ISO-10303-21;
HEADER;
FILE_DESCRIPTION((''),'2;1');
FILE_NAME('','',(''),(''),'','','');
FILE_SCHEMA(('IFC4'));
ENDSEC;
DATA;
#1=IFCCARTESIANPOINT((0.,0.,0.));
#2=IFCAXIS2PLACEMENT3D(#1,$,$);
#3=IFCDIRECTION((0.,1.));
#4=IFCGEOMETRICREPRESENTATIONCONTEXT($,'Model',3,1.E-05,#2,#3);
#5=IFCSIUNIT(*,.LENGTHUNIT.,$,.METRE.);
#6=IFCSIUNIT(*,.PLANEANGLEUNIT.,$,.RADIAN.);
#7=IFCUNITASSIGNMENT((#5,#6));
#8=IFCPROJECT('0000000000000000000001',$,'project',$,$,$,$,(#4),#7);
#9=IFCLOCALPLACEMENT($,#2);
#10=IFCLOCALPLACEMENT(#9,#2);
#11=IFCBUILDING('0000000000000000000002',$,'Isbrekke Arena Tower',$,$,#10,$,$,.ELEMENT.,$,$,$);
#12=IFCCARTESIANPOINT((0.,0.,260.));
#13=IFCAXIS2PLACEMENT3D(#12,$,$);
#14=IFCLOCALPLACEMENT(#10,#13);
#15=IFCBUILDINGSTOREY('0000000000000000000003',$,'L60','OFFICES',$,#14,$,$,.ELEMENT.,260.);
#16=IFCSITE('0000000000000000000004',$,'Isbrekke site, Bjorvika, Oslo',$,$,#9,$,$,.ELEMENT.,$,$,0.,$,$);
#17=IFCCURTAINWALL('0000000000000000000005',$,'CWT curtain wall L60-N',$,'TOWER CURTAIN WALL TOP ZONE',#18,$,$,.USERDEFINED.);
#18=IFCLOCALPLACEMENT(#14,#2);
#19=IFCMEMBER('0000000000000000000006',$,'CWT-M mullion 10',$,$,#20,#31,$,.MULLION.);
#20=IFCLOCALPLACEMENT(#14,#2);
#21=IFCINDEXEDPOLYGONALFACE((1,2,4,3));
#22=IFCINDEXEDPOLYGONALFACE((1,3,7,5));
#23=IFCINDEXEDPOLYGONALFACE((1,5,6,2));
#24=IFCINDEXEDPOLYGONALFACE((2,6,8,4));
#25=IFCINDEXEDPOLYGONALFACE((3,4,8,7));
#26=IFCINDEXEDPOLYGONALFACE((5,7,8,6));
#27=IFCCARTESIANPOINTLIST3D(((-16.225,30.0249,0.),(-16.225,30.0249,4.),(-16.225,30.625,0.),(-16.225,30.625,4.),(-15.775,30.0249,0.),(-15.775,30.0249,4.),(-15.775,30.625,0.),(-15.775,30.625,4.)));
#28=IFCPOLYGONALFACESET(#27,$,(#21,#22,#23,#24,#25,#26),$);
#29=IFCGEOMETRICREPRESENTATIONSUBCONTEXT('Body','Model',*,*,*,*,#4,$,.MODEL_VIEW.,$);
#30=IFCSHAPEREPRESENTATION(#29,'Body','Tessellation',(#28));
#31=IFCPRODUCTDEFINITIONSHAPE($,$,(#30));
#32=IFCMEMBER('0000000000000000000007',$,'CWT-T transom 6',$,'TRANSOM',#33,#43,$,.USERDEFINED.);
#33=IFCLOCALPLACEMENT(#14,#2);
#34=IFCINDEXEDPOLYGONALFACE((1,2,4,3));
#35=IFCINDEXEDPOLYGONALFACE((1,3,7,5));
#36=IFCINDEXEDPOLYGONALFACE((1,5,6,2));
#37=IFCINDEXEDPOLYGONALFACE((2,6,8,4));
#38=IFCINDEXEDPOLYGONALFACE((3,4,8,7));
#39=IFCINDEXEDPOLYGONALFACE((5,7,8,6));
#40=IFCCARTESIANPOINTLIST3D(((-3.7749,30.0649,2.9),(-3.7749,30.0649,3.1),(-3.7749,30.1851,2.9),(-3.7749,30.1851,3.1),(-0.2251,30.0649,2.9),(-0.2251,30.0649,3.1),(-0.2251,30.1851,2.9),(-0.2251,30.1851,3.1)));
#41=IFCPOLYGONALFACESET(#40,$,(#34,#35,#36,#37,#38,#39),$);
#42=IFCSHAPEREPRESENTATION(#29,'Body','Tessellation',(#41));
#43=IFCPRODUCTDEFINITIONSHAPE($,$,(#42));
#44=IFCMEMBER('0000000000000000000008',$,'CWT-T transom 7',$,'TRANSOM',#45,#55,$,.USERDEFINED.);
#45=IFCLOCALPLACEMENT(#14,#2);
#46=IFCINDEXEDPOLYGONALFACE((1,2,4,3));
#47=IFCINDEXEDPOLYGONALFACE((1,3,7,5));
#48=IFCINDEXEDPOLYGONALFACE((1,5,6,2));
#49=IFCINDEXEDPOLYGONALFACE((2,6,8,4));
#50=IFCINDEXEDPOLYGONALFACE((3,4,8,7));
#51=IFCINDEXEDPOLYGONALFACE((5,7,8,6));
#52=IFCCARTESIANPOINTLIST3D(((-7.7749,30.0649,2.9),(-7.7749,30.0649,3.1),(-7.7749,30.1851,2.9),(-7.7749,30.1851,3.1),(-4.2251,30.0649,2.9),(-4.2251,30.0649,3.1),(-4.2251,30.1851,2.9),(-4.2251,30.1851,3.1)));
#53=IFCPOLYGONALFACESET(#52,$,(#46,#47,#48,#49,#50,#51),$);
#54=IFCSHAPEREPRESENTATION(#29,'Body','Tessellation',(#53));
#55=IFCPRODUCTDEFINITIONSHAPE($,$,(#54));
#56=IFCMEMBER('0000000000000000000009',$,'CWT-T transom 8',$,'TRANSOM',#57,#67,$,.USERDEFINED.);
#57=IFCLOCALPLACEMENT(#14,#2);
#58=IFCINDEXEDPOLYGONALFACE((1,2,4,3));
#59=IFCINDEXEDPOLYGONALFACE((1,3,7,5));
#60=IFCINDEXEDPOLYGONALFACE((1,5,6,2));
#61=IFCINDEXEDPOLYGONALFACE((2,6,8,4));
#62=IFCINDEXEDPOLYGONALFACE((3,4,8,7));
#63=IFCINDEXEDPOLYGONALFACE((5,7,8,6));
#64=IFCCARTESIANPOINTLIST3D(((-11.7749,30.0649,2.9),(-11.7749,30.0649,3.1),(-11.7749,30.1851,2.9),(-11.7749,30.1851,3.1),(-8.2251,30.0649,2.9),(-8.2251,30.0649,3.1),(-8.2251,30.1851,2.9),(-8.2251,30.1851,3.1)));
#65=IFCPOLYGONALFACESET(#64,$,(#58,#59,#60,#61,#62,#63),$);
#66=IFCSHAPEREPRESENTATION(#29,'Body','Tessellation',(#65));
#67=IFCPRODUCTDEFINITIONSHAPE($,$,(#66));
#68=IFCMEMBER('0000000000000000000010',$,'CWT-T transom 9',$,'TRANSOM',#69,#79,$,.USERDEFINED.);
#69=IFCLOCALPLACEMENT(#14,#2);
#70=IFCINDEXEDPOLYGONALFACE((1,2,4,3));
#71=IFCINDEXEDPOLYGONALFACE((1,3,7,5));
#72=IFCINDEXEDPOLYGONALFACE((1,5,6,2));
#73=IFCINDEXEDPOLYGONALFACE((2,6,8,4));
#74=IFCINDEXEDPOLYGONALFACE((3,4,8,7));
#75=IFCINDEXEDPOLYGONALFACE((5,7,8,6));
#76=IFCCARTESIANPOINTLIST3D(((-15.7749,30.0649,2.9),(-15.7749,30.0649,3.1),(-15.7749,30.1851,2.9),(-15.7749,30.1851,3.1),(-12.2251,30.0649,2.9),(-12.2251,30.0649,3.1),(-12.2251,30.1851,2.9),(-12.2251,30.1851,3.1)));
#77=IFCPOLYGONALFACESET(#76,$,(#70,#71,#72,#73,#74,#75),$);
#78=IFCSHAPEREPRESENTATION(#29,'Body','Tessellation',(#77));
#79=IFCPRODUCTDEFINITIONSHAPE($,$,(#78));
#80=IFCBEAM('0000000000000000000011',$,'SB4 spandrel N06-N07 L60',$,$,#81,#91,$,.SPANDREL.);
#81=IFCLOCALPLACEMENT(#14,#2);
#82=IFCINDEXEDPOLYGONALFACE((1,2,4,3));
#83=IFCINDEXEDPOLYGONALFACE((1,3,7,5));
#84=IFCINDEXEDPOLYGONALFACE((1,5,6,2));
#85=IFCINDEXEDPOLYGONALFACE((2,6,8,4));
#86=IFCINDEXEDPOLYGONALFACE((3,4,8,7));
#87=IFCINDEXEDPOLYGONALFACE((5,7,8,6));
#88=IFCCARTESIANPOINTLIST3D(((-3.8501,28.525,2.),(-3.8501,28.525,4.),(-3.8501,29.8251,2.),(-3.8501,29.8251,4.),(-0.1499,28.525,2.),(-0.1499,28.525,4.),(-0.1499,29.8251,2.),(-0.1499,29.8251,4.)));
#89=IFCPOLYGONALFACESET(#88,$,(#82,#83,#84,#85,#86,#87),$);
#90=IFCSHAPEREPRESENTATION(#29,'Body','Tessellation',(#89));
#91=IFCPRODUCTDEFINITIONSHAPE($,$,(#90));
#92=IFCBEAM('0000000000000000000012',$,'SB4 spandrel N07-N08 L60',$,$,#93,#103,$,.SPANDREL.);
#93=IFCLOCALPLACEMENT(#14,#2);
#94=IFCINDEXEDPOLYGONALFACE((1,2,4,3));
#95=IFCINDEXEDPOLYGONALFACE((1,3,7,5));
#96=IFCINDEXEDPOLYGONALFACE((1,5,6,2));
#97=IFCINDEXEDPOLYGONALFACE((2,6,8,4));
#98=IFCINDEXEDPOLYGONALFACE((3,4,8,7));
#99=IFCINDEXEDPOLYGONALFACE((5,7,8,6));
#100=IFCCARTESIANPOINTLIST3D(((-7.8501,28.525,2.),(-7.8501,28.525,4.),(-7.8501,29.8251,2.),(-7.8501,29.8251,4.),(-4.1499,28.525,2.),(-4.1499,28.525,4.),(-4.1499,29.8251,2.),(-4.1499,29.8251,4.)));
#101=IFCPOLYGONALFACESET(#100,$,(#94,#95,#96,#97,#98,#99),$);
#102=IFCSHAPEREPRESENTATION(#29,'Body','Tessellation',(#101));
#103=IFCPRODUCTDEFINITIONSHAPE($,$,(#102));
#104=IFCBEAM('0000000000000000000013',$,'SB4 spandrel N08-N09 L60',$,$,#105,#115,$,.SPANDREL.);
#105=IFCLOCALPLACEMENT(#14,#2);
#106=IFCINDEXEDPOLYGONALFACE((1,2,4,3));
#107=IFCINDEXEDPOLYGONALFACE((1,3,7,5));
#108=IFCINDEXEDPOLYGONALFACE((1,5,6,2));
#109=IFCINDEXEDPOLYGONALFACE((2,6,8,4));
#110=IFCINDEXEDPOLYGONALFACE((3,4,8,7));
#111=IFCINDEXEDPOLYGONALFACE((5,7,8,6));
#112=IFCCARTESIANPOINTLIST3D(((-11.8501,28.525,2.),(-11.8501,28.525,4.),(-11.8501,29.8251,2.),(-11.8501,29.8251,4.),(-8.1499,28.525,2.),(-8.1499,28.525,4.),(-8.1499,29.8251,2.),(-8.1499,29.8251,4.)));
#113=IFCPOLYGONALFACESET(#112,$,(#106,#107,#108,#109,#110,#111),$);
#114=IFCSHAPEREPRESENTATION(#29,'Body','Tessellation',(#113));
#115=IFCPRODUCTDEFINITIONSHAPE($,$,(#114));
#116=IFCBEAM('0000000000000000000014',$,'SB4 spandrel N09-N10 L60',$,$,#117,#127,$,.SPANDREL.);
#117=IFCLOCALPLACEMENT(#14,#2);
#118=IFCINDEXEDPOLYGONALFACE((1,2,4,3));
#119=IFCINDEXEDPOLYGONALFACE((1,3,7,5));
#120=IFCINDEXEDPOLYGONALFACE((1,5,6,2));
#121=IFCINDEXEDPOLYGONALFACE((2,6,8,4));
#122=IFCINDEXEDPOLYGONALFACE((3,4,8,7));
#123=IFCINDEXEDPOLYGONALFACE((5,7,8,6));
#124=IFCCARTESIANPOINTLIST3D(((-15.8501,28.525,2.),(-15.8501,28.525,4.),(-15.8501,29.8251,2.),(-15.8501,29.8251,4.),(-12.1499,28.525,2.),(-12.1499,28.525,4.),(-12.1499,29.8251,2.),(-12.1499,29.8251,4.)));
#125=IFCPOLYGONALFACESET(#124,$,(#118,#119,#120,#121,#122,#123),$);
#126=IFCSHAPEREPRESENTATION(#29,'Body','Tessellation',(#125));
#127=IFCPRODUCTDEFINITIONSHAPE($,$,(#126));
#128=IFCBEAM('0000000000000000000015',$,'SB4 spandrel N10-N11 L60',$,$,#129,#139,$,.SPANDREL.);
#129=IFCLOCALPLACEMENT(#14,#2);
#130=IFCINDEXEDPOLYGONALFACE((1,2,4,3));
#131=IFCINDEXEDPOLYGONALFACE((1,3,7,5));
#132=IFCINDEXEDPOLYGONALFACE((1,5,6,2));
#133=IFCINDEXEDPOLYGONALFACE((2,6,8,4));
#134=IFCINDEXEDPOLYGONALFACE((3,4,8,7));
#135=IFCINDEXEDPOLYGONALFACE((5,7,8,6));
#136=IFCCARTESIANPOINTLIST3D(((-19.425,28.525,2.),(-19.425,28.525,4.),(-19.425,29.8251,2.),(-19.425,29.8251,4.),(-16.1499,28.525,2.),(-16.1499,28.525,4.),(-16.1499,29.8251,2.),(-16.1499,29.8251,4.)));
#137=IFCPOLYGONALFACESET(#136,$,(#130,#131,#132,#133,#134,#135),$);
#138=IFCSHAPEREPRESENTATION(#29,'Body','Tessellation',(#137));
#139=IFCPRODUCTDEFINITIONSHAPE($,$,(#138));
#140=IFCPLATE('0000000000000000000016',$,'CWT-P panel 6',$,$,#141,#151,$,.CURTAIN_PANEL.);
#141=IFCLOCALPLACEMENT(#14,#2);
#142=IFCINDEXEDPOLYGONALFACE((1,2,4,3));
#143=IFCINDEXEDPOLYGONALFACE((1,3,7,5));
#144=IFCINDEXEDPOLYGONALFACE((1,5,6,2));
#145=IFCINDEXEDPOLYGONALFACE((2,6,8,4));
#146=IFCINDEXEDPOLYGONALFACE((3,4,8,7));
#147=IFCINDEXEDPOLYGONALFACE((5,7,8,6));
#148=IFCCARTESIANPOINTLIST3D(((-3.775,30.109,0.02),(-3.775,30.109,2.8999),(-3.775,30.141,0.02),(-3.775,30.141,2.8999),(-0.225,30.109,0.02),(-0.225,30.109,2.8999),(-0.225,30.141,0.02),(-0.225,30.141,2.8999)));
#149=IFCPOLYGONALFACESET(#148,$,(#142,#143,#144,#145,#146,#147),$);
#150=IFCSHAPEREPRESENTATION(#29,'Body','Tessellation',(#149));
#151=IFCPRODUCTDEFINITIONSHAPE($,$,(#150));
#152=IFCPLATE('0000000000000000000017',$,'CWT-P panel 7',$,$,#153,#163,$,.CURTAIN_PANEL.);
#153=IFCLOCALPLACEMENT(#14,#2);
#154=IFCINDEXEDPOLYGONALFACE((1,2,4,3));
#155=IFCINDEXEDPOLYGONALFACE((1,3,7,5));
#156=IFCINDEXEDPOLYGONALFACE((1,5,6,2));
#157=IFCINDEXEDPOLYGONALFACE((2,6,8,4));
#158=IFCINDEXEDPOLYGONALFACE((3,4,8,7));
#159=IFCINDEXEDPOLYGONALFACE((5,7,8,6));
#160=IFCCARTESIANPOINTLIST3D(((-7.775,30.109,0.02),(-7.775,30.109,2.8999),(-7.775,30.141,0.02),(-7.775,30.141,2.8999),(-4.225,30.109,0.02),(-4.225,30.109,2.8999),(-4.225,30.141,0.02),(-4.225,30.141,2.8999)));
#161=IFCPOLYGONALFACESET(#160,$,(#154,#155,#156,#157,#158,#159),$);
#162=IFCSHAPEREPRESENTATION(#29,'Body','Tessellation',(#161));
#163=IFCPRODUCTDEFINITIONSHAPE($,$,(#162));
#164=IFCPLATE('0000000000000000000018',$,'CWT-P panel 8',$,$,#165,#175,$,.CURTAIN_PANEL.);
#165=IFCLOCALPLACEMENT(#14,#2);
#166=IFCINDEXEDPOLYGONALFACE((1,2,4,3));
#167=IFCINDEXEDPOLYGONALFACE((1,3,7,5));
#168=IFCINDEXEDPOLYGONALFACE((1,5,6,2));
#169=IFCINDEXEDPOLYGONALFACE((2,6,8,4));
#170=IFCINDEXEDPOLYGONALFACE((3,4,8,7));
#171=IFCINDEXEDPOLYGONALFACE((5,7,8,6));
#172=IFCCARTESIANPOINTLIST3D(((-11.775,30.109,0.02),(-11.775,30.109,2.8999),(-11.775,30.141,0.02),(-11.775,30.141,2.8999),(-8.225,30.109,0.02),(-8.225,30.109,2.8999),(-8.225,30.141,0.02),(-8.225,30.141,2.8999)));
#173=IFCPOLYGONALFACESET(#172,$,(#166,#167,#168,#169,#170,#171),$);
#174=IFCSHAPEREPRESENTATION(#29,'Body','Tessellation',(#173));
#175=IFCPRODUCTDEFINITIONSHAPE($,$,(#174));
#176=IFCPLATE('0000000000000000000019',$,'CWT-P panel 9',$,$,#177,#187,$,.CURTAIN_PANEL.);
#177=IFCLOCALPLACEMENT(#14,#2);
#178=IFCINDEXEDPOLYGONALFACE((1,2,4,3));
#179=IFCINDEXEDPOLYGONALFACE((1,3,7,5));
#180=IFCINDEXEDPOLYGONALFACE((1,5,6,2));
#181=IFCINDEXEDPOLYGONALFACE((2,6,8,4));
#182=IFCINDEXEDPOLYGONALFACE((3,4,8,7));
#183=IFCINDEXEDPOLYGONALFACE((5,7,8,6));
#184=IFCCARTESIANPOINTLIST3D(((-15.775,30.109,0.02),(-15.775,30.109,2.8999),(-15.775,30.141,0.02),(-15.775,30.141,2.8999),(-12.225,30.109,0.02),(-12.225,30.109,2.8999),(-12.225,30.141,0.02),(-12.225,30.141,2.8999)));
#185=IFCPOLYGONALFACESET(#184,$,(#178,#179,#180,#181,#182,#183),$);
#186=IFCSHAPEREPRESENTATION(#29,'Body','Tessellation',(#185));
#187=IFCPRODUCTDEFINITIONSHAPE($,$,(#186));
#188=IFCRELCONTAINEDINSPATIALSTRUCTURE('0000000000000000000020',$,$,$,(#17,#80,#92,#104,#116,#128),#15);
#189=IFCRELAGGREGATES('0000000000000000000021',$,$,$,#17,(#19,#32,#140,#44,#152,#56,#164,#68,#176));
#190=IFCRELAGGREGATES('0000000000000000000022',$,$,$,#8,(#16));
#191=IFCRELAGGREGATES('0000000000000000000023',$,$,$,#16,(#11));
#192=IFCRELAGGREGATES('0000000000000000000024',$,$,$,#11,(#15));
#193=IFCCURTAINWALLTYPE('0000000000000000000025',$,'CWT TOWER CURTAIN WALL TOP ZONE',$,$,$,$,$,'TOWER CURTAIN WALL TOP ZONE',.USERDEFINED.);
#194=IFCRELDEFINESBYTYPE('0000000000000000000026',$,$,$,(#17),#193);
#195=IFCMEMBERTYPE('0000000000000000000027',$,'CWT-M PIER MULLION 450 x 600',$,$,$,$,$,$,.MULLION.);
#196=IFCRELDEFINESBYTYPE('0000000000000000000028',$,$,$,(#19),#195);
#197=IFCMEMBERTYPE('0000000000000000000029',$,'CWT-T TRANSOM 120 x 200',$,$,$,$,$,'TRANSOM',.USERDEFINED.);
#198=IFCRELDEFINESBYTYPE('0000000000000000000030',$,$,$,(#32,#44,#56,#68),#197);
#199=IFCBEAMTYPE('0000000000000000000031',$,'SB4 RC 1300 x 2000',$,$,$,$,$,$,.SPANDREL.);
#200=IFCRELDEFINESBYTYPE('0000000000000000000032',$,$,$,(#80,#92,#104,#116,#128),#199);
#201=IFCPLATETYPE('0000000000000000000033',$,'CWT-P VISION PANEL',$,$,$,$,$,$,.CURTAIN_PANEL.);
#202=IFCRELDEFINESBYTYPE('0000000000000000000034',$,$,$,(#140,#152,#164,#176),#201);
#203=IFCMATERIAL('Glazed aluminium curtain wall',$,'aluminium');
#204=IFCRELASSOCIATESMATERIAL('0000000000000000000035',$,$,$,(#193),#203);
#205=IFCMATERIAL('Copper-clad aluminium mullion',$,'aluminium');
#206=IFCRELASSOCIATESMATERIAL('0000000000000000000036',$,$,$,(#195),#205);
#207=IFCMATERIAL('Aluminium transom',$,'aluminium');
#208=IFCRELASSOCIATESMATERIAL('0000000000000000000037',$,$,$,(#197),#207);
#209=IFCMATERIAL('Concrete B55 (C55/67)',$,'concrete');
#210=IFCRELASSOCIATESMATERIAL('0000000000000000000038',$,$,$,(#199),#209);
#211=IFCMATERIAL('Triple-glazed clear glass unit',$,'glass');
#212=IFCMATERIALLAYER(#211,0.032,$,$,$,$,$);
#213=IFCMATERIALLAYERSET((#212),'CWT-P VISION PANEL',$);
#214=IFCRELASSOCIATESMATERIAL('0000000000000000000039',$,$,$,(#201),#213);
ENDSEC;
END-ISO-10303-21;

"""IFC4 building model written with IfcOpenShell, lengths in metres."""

from ifc_helpers import new_model, si_unit, direction, frame, origin, origin_2d, place, context, subcontext, project, spatial, rectangle, extrude, material, layer, layer_set, material_profile, profile_set, type_object, element, aggregate, save


model = new_model("IFC4")

# Units and contexts
model_context = context("Model", 3, precision=1e-05, world=origin(), true_north=direction((0.0, 1.0)))
body_context = subcontext(model_context, "Body", "Model", "MODEL_VIEW")
ifc_project = project(units=[si_unit("LENGTHUNIT", "METRE"), si_unit("PLANEANGLEUNIT", "RADIAN")], contexts=[model_context])

# Site, building, storey
site_placement = place(None, origin())
site = spatial("IfcSite", under=ifc_project, at=site_placement, Name="Isbrekke site, Bjorvika, Oslo", CompositionType="ELEMENT", RefElevation=0.0)
building_placement = place(site_placement, origin())
building = spatial("IfcBuilding", under=site, at=building_placement, Name="Isbrekke Arena Tower", CompositionType="ELEMENT")
storey_placement = place(building_placement, frame((0.0, 0.0, 260.0)))
storey = spatial("IfcBuildingStorey", under=building, at=storey_placement, Name="L60", Description="OFFICES", CompositionType="ELEMENT", Elevation=260.0)

# Curtain wall, members
ifc_material_1 = material(Name="Glazed aluminium curtain wall", Category="aluminium")
curtain_wall_type = type_object("IfcCurtainWallType", Name="CWT TOWER CURTAIN WALL TOP ZONE", ElementType="TOWER CURTAIN WALL TOP ZONE", PredefinedType="USERDEFINED", material=ifc_material_1)
curtain_wall_placement = place(storey_placement, origin())
curtain_wall = element("IfcCurtainWall", 1, at=curtain_wall_placement, inside=storey, type_object=curtain_wall_type, Name="CWT curtain wall L60-N", ObjectType="TOWER CURTAIN WALL TOP ZONE", PredefinedType="USERDEFINED")
ifc_material_2 = material(Name="Copper-clad aluminium mullion", Category="aluminium")
ifc_material_profile_1 = material_profile(ifc_material_2, rectangle(XDim=0.45, YDim=0.6001, at=origin_2d()), Name="PIER 450X600")
ifc_profile_set_1 = profile_set([ifc_material_profile_1], Name="Copper-clad aluminium mullion")
member_type_1 = type_object("IfcMemberType", Name="CWT-M PIER MULLION 450 x 600", PredefinedType="MULLION", material=ifc_profile_set_1)
member_1_placement = place(storey_placement, frame((-16.0, 30.325, 0.0), z_axis=(0.0, 0.0, 1.0), x_axis=(-1.0, 0.0, 0.0)))
member_1 = element("IfcMember", 2, at=member_1_placement, type_object=member_type_1, Name="CWT-M mullion 10", PredefinedType="MULLION", context=body_context, shape_type="SweptSolid", body=[
    extrude(rectangle(XDim=0.45, YDim=0.6001, at=origin_2d()), origin(), (0.0, 0.0, 1.0), 4.0),
])
ifc_material_3 = material(Name="Aluminium transom", Category="aluminium")
ifc_material_profile_2 = material_profile(ifc_material_3, rectangle(XDim=0.1201, YDim=0.2, at=origin_2d()), Name="TRANSOM 120X200")
ifc_profile_set_2 = profile_set([ifc_material_profile_2], Name="Aluminium transom")
member_type_2 = type_object("IfcMemberType", Name="CWT-T TRANSOM 120 x 200", ElementType="TRANSOM", PredefinedType="USERDEFINED", material=ifc_profile_set_2)
member_2_placement = place(storey_placement, frame((-0.2251, 30.125, 3.0), z_axis=(-1.0, 0.0, 0.0), x_axis=(0.0, -1.0, 0.0)))
member_2 = element("IfcMember", 3, at=member_2_placement, type_object=member_type_2, Name="CWT-T transom 6", ObjectType="TRANSOM", PredefinedType="USERDEFINED", context=body_context, shape_type="SweptSolid", body=[
    extrude(rectangle(XDim=0.1201, YDim=0.2, at=origin_2d()), origin(), (0.0, 0.0, 1.0), 3.5498),
])
member_3_placement = place(storey_placement, frame((-4.2251, 30.125, 3.0), z_axis=(-1.0, 0.0, 0.0), x_axis=(0.0, -1.0, 0.0)))
member_3 = element("IfcMember", 4, at=member_3_placement, type_object=member_type_2, Name="CWT-T transom 7", ObjectType="TRANSOM", PredefinedType="USERDEFINED", context=body_context, shape_type="SweptSolid", body=[
    extrude(rectangle(XDim=0.1201, YDim=0.2, at=origin_2d()), origin(), (0.0, 0.0, 1.0), 3.5498),
])
member_4_placement = place(storey_placement, frame((-8.2251, 30.125, 3.0), z_axis=(-1.0, 0.0, 0.0), x_axis=(0.0, -1.0, 0.0)))
member_4 = element("IfcMember", 5, at=member_4_placement, type_object=member_type_2, Name="CWT-T transom 8", ObjectType="TRANSOM", PredefinedType="USERDEFINED", context=body_context, shape_type="SweptSolid", body=[
    extrude(rectangle(XDim=0.1201, YDim=0.2, at=origin_2d()), origin(), (0.0, 0.0, 1.0), 3.5498),
])
member_5_placement = place(storey_placement, frame((-12.2251, 30.125, 3.0), z_axis=(-1.0, 0.0, 0.0), x_axis=(0.0, -1.0, 0.0)))
member_5 = element("IfcMember", 6, at=member_5_placement, type_object=member_type_2, Name="CWT-T transom 9", ObjectType="TRANSOM", PredefinedType="USERDEFINED", context=body_context, shape_type="SweptSolid", body=[
    extrude(rectangle(XDim=0.1201, YDim=0.2, at=origin_2d()), origin(), (0.0, 0.0, 1.0), 3.5498),
])

# Beams
ifc_material_4 = material(Name="Concrete B55 (C55/67)", Category="concrete")
ifc_material_profile_3 = material_profile(ifc_material_4, rectangle(XDim=1.3, YDim=2.0, at=origin_2d()), Name="RC 1300x2000")
ifc_profile_set_3 = profile_set([ifc_material_profile_3], Name="Concrete B55 (C55/67)")
beam_type_1 = type_object("IfcBeamType", Name="SB4 RC 1300 x 2000", PredefinedType="SPANDREL", material=ifc_profile_set_3)
for number, where, z_axis, x_axis, name in (
    (7, (-0.1499, 29.175, 3.0), (-1.0, 0.0, 0.0), (0.0, -1.0, 0.0), "SB4 spandrel N06-N07 L60"),
    (8, (-4.1499, 29.175, 3.0), (-1.0, 0.0, 0.0), (0.0, -1.0, 0.0), "SB4 spandrel N07-N08 L60"),
    (9, (-8.1499, 29.175, 3.0), (-1.0, 0.0, 0.0), (0.0, -1.0, 0.0), "SB4 spandrel N08-N09 L60"),
    (10, (-12.1499, 29.175, 3.0), (-1.0, 0.0, 0.0), (0.0, -1.0, 0.0), "SB4 spandrel N09-N10 L60"),
):
    element("IfcBeam", number, at=place(storey_placement, frame(where, z_axis=z_axis, x_axis=x_axis)), inside=storey, type_object=beam_type_1, Name=name, PredefinedType="SPANDREL", context=body_context, shape_type="SweptSolid", body=[
        extrude(rectangle(XDim=1.3, YDim=2.0, at=origin_2d()), origin(), (0.0, 0.0, 1.0), 3.7002),
    ])
beam_1_placement = place(storey_placement, frame((-16.1499, 29.175, 3.0), z_axis=(-1.0, 0.0, 0.0), x_axis=(0.0, -1.0, 0.0)))
element("IfcBeam", 11, at=beam_1_placement, inside=storey, type_object=beam_type_1, Name="SB4 spandrel N10-N11 L60", PredefinedType="SPANDREL", context=body_context, shape_type="SweptSolid", body=[
    extrude(rectangle(XDim=1.3, YDim=2.0, at=origin_2d()), origin(), (0.0, 0.0, 1.0), 3.2751),
])

# Plates
ifc_material_5 = material(Name="Triple-glazed clear glass unit", Category="glass")
ifc_layer = layer(ifc_material_5, 0.032)
ifc_layer_set = layer_set([ifc_layer], Name="CWT-P VISION PANEL")
plate_type = type_object("IfcPlateType", Name="CWT-P VISION PANEL", PredefinedType="CURTAIN_PANEL", material=ifc_layer_set)
plate_1_placement = place(storey_placement, frame((-2.0, 30.125, 0.02), z_axis=(0.0, 0.0, 1.0), x_axis=(-1.0, 0.0, 0.0)))
plate_1 = element("IfcPlate", 12, at=plate_1_placement, type_object=plate_type, Name="CWT-P panel 6", PredefinedType="CURTAIN_PANEL", context=body_context, shape_type="SweptSolid", body=[
    extrude(rectangle(XDim=3.55, YDim=0.032, at=origin_2d()), origin(), (0.0, 0.0, 1.0), 2.8799),
])
plate_2_placement = place(storey_placement, frame((-6.0, 30.125, 0.02), z_axis=(0.0, 0.0, 1.0), x_axis=(-1.0, 0.0, 0.0)))
plate_2 = element("IfcPlate", 13, at=plate_2_placement, type_object=plate_type, Name="CWT-P panel 7", PredefinedType="CURTAIN_PANEL", context=body_context, shape_type="SweptSolid", body=[
    extrude(rectangle(XDim=3.55, YDim=0.032, at=origin_2d()), origin(), (0.0, 0.0, 1.0), 2.8799),
])
plate_3_placement = place(storey_placement, frame((-10.0, 30.125, 0.02), z_axis=(0.0, 0.0, 1.0), x_axis=(-1.0, 0.0, 0.0)))
plate_3 = element("IfcPlate", 14, at=plate_3_placement, type_object=plate_type, Name="CWT-P panel 8", PredefinedType="CURTAIN_PANEL", context=body_context, shape_type="SweptSolid", body=[
    extrude(rectangle(XDim=3.55, YDim=0.032, at=origin_2d()), origin(), (0.0, 0.0, 1.0), 2.8799),
])
plate_4_placement = place(storey_placement, frame((-14.0, 30.125, 0.02), z_axis=(0.0, 0.0, 1.0), x_axis=(-1.0, 0.0, 0.0)))
plate_4 = element("IfcPlate", 15, at=plate_4_placement, type_object=plate_type, Name="CWT-P panel 9", PredefinedType="CURTAIN_PANEL", context=body_context, shape_type="SweptSolid", body=[
    extrude(rectangle(XDim=3.55, YDim=0.032, at=origin_2d()), origin(), (0.0, 0.0, 1.0), 2.8799),
])
aggregate(curtain_wall, [member_1, member_2, plate_1, member_3, plate_2, member_4, plate_3, member_5, plate_4])

save(model, "model.ifc")
